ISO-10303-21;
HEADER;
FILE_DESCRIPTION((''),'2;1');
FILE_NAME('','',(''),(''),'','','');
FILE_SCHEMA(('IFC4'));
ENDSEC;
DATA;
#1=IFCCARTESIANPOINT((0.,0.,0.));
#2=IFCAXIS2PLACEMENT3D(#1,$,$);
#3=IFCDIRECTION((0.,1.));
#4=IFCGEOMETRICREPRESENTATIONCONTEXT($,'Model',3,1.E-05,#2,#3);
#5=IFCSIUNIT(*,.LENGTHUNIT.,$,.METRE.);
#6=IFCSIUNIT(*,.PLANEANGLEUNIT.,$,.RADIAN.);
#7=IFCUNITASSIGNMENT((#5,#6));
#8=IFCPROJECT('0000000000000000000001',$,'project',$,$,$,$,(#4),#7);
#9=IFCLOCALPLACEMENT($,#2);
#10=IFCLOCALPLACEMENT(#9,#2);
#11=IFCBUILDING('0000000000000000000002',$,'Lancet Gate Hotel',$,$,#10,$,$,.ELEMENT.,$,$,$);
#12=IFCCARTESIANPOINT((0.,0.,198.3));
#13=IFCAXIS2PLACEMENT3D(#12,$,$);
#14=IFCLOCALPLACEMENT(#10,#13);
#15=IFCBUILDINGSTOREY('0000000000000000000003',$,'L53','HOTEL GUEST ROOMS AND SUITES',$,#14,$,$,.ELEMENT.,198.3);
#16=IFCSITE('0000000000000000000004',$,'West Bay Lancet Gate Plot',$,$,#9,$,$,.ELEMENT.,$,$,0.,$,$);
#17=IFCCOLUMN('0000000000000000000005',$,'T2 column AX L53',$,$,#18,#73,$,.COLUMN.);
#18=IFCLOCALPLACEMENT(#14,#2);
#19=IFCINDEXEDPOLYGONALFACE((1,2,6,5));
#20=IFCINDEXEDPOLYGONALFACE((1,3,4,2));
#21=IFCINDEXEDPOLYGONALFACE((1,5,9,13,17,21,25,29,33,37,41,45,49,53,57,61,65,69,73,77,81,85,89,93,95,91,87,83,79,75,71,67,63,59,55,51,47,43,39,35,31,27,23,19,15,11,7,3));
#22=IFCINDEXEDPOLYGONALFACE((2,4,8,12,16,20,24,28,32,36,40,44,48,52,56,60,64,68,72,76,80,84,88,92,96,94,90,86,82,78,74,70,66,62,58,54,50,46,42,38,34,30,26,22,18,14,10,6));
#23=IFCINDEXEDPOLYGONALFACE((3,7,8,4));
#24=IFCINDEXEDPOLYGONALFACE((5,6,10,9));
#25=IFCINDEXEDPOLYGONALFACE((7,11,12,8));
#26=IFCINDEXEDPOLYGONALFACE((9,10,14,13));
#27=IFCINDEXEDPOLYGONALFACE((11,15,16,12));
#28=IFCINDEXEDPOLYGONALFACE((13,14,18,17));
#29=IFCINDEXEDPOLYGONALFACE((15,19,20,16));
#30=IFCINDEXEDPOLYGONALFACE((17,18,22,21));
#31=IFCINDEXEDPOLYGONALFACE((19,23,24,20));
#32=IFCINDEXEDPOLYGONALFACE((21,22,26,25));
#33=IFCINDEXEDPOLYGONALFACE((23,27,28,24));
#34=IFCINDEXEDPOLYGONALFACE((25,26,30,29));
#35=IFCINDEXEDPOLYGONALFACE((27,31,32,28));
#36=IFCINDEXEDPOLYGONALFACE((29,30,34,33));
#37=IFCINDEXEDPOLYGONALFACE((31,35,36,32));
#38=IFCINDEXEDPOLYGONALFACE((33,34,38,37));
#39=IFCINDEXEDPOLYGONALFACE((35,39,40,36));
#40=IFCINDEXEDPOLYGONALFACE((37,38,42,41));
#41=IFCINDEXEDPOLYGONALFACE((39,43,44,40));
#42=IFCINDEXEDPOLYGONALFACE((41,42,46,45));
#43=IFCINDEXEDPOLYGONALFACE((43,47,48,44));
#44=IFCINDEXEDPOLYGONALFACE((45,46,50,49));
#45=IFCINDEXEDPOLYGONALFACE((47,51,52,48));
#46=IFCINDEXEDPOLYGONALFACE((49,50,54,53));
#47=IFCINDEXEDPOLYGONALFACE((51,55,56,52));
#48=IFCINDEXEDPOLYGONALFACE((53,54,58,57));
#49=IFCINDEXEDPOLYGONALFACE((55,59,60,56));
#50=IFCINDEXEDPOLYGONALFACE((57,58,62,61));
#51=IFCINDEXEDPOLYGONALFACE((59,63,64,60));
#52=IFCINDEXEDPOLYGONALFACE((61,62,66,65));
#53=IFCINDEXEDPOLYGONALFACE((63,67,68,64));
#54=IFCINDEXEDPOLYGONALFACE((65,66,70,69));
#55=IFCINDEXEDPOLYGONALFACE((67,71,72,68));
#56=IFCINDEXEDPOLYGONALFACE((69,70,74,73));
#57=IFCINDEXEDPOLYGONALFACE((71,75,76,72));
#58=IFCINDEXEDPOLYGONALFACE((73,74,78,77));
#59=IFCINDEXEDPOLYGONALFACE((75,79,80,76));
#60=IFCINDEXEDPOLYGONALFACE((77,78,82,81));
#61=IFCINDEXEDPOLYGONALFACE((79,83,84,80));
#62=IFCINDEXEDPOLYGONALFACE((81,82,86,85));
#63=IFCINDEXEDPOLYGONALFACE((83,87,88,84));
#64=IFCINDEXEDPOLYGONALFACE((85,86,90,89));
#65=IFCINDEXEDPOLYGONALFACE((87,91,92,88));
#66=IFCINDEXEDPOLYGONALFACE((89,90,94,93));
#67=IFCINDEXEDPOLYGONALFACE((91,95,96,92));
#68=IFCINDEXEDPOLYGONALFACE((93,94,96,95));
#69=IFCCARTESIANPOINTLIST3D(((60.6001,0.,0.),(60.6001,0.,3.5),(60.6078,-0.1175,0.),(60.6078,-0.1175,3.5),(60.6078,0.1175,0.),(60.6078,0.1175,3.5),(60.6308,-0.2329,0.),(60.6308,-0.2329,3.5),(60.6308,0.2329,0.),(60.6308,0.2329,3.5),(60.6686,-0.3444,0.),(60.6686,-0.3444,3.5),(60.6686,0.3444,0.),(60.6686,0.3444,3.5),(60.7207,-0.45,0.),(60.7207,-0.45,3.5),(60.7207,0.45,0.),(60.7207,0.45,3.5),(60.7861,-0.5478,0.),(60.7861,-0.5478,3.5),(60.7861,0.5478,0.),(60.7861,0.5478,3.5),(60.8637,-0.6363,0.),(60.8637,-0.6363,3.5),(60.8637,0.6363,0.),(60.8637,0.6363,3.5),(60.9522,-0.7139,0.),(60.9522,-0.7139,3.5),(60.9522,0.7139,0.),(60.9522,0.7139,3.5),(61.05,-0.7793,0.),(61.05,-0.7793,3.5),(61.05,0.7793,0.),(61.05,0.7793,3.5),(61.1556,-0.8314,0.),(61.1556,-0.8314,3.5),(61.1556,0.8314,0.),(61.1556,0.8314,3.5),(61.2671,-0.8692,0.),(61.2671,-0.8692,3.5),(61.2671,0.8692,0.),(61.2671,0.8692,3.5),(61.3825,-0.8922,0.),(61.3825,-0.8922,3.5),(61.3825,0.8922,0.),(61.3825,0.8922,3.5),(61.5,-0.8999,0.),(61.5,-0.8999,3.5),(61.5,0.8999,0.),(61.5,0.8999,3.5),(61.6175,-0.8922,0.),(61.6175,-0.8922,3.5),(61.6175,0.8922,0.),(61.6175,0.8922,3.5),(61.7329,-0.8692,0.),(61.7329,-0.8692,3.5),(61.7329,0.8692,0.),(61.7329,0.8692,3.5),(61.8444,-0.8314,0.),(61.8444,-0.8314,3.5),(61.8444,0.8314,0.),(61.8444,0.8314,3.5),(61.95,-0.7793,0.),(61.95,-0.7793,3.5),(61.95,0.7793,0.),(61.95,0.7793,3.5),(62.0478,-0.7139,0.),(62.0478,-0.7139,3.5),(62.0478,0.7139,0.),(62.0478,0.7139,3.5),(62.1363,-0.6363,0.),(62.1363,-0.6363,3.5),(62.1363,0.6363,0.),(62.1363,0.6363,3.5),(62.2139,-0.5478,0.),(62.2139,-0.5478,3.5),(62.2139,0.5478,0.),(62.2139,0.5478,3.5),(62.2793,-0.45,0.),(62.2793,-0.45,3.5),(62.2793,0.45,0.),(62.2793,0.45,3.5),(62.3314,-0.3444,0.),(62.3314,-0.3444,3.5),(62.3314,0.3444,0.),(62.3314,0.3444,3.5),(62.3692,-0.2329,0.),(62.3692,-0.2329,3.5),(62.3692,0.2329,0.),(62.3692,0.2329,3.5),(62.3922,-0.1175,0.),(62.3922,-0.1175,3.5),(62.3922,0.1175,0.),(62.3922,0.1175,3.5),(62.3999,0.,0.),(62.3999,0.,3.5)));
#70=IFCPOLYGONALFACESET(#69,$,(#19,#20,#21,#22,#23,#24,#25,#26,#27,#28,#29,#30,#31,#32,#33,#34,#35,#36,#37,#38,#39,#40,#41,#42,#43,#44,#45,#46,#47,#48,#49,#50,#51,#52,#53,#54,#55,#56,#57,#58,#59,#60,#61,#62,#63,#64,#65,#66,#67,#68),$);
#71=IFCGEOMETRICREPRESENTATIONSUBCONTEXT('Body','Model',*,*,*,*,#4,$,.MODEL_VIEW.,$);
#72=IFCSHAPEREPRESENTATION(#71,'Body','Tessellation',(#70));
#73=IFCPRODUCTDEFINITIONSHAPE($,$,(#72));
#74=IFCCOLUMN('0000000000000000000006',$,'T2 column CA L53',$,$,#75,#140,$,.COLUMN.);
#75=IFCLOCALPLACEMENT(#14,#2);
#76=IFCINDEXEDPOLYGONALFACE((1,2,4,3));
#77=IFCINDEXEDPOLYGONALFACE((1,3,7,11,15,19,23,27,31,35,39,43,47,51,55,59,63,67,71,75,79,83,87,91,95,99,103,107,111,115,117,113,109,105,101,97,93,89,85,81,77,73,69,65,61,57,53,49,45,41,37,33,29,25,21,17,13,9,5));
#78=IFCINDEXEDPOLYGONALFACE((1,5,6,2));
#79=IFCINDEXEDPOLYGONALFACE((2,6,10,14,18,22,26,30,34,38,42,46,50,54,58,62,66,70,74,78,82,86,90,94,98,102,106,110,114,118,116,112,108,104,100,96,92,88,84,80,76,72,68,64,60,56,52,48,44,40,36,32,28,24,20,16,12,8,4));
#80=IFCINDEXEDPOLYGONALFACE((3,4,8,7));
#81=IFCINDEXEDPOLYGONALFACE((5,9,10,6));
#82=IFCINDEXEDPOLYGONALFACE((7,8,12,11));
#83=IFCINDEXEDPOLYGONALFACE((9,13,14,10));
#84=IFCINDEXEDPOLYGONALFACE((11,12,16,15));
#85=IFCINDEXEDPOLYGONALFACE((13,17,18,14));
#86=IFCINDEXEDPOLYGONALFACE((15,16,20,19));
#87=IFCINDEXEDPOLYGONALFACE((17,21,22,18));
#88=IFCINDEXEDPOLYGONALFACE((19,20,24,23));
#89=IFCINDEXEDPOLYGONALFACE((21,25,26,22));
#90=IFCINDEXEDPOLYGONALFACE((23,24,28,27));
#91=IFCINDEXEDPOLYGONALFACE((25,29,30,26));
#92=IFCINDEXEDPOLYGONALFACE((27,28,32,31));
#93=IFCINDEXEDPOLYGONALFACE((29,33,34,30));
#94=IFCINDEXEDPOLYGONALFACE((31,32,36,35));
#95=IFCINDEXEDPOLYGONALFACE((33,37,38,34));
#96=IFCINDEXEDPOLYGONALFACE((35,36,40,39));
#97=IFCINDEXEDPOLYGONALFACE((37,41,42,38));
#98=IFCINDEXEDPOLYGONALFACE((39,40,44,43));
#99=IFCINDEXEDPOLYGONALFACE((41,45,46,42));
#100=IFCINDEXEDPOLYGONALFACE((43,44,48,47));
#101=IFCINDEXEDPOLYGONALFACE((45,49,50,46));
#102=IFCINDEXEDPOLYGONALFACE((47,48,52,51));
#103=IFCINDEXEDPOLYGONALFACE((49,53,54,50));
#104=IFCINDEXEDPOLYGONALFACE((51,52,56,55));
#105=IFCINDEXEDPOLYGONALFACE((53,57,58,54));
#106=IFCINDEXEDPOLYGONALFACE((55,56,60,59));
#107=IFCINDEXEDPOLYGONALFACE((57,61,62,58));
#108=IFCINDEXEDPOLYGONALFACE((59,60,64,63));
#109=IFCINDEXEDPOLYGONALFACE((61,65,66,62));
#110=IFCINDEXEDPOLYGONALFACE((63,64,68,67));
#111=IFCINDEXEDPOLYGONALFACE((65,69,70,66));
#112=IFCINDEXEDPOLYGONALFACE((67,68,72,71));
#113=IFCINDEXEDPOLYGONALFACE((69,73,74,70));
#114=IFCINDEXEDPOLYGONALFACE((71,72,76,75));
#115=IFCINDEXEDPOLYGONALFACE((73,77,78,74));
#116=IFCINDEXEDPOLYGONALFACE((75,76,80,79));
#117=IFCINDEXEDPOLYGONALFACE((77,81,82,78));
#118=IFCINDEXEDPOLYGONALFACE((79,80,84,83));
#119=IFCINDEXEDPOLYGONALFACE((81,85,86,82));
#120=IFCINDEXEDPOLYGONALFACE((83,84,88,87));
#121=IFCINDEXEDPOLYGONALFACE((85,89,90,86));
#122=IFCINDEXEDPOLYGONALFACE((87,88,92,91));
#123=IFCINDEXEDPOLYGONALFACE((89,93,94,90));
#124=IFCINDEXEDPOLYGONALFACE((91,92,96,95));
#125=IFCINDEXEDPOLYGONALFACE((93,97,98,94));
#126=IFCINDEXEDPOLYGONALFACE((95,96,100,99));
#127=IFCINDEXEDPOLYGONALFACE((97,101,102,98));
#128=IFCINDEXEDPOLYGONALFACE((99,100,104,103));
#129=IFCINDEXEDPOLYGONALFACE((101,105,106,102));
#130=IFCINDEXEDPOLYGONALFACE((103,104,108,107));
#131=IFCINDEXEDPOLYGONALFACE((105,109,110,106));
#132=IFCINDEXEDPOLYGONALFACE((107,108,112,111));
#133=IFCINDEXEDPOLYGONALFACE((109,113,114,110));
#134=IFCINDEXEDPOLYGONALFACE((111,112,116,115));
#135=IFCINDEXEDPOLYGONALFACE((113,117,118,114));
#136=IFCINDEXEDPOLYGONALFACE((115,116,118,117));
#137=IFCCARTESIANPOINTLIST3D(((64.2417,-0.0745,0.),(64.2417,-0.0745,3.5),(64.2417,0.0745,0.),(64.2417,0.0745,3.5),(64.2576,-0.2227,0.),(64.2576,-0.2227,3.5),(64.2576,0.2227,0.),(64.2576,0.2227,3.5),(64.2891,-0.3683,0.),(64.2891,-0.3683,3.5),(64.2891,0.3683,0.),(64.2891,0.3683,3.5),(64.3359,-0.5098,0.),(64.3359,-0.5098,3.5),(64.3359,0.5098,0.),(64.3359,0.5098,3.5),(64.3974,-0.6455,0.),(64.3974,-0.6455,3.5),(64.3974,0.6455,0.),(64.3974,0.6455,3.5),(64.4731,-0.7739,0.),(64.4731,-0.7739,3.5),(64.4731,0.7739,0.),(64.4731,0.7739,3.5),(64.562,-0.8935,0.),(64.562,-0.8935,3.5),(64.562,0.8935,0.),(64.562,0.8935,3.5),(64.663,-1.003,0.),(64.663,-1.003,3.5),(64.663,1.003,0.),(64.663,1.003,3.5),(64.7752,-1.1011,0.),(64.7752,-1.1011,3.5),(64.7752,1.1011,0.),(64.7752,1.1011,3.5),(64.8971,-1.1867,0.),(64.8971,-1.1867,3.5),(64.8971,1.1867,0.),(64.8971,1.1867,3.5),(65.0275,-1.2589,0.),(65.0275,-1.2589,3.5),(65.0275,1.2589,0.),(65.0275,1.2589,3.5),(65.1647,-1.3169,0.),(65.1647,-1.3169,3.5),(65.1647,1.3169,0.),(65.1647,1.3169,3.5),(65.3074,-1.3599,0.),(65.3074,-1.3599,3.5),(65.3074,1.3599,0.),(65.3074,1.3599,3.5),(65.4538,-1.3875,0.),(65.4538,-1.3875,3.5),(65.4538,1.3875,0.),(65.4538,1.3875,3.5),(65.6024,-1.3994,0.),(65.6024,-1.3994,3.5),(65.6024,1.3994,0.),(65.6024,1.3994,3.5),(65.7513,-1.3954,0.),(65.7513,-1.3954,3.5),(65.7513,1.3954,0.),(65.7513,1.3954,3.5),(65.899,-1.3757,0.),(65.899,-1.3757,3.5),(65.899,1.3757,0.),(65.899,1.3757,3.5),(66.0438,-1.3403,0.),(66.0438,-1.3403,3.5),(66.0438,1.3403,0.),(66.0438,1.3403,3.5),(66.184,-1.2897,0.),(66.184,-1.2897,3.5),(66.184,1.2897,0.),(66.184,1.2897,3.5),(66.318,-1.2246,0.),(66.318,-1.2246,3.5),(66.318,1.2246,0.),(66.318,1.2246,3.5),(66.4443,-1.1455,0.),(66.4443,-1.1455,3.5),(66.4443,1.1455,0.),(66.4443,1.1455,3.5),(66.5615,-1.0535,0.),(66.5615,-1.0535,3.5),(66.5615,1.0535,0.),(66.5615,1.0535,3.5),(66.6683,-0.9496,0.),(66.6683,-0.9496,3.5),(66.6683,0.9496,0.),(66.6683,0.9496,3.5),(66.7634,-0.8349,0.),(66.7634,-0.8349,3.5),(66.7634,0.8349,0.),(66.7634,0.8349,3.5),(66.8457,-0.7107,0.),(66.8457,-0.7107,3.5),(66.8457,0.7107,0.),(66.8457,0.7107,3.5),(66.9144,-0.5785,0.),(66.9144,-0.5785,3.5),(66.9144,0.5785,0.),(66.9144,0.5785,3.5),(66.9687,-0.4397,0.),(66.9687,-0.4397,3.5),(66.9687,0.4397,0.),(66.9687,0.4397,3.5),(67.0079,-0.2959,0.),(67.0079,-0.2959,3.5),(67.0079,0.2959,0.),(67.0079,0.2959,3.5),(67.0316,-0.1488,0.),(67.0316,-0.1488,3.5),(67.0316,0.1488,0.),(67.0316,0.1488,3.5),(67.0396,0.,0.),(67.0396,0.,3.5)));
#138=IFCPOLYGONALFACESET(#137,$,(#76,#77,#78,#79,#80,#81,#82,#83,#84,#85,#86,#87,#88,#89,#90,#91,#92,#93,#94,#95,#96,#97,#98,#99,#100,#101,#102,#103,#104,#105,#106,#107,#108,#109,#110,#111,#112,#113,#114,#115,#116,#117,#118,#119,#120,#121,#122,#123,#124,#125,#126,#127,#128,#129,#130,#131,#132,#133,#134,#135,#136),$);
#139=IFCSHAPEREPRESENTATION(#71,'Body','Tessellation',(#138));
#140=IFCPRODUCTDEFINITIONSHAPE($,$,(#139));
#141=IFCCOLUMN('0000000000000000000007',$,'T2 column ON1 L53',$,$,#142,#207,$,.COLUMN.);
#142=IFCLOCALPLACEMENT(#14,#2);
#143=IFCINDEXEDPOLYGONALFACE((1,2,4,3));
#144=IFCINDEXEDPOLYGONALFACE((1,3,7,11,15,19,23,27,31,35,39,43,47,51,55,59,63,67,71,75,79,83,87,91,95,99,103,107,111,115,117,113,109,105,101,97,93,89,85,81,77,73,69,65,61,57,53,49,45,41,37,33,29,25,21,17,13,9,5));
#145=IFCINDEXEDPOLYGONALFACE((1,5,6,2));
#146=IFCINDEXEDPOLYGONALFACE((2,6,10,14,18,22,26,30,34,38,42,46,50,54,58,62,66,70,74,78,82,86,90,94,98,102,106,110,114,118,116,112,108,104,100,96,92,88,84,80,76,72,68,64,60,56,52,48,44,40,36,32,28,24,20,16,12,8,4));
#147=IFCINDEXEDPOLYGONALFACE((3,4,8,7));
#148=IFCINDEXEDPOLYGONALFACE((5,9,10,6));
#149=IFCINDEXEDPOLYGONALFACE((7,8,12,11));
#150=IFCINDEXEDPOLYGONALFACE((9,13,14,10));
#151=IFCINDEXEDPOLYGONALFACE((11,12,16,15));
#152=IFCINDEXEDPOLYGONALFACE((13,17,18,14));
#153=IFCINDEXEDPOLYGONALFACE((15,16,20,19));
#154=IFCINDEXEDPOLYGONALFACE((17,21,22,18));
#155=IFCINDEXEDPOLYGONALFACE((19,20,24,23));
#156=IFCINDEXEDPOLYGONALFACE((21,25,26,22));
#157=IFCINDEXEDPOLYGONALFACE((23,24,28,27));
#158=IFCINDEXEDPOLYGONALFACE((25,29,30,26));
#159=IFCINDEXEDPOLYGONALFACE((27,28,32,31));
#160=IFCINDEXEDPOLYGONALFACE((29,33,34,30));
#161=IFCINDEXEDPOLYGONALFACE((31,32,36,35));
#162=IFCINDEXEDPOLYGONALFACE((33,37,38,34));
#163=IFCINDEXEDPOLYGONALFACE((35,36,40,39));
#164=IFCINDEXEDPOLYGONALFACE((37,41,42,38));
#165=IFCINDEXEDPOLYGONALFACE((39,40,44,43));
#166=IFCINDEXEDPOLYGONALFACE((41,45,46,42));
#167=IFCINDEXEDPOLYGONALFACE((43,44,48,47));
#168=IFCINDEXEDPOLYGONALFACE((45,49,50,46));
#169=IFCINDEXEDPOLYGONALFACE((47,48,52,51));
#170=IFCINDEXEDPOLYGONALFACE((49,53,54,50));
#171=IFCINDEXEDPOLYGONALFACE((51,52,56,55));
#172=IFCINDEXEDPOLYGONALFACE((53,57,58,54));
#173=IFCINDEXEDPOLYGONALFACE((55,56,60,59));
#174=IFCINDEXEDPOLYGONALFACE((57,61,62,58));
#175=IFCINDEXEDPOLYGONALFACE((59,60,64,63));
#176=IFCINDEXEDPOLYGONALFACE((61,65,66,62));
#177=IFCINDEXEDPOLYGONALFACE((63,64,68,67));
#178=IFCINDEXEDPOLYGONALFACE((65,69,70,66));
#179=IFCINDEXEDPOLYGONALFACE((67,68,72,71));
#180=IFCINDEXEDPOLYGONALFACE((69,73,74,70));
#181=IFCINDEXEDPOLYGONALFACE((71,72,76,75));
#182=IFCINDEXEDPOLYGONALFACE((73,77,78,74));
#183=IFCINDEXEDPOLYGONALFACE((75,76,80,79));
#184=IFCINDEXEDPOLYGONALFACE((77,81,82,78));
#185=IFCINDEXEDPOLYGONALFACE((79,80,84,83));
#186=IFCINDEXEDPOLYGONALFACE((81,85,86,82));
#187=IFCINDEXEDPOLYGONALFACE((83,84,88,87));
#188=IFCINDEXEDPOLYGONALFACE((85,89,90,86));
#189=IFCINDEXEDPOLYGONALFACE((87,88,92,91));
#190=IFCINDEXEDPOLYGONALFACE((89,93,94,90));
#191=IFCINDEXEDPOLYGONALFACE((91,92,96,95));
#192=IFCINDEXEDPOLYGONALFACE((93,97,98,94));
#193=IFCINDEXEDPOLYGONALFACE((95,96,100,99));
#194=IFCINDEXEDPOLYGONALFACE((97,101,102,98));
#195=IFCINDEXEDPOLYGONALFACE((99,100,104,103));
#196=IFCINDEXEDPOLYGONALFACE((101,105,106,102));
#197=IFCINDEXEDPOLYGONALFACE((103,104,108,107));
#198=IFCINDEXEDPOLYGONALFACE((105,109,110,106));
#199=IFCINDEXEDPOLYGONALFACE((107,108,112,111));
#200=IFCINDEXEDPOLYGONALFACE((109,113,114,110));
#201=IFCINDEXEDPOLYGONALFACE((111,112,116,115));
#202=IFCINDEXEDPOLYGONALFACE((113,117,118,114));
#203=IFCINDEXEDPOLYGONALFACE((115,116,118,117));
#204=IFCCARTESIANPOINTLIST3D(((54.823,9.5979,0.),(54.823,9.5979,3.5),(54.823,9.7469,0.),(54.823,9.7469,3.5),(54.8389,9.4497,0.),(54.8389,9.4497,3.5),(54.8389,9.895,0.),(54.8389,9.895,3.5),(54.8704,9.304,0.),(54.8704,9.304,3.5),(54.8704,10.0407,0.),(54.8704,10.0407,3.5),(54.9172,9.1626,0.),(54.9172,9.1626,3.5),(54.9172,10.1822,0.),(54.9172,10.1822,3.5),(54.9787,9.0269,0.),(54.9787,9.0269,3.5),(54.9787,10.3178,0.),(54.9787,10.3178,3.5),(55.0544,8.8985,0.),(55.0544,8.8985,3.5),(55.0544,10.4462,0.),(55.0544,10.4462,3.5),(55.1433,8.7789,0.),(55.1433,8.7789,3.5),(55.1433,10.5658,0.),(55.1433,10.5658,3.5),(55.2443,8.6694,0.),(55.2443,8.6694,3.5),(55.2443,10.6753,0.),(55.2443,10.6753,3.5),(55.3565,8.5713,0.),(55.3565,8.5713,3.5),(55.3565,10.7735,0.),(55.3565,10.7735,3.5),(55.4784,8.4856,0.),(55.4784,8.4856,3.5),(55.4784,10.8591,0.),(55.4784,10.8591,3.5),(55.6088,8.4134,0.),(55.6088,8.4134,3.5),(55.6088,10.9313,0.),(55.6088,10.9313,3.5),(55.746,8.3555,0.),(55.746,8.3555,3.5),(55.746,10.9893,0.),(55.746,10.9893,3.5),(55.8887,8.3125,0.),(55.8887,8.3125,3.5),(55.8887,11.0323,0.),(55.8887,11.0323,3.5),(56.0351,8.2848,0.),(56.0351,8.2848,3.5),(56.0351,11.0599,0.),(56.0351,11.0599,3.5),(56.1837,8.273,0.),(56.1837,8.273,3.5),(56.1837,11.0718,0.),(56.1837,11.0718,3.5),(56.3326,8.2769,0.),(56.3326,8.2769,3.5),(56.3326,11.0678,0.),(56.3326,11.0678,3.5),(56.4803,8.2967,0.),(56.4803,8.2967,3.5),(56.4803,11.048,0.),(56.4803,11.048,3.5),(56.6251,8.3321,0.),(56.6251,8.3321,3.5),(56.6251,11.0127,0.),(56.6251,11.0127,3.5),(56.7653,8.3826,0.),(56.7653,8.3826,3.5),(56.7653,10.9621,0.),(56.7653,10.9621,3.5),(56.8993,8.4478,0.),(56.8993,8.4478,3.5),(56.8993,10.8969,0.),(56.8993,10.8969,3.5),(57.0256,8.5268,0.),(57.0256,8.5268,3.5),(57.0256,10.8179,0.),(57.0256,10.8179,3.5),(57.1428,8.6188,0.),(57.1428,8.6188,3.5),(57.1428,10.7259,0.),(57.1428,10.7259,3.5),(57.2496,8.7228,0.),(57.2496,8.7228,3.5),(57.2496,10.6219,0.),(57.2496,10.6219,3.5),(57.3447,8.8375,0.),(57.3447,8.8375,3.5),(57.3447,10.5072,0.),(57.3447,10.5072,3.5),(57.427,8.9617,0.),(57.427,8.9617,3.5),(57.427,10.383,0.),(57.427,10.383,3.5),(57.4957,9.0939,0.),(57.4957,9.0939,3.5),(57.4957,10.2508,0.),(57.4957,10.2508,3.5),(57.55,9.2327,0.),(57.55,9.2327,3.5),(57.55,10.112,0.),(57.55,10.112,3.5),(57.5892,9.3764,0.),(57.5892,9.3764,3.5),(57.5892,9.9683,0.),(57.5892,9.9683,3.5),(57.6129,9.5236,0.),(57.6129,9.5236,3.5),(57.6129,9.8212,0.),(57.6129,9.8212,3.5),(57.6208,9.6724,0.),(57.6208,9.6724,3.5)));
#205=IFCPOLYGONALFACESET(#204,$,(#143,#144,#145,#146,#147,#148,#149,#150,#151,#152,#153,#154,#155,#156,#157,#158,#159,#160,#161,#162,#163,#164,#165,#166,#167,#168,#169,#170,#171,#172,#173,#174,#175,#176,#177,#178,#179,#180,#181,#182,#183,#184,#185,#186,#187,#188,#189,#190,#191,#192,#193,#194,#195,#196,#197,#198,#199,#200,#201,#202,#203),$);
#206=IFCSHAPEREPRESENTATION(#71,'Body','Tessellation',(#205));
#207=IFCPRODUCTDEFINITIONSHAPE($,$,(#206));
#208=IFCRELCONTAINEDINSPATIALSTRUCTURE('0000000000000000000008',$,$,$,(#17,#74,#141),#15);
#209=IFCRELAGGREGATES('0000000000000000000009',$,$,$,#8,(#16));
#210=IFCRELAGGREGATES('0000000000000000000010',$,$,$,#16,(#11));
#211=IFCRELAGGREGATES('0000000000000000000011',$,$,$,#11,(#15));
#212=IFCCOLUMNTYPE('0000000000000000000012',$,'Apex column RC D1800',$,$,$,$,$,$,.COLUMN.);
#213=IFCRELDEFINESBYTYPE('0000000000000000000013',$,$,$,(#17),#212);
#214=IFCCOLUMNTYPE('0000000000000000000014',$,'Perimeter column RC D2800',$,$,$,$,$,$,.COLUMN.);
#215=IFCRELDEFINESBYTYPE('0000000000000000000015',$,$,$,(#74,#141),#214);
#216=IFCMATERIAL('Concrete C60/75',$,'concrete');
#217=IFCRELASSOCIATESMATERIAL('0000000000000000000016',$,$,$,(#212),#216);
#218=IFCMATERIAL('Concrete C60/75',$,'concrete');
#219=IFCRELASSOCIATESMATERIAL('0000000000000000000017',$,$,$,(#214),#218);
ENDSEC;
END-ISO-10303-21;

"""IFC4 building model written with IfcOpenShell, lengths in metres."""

from ifc_helpers import new_model, si_unit, direction, frame, origin, origin_2d, place, context, subcontext, project, spatial, circle, extrude, material, material_profile, profile_set, type_object, element, save


model = new_model("IFC4")

# Units and contexts
model_context = context("Model", 3, precision=1e-05, world=origin(), true_north=direction((0.0, 1.0)))
body_context = subcontext(model_context, "Body", "Model", "MODEL_VIEW")
ifc_project = project(units=[si_unit("LENGTHUNIT", "METRE"), si_unit("PLANEANGLEUNIT", "RADIAN")], contexts=[model_context])

# Site, building, storey
site_placement = place(None, origin())
site = spatial("IfcSite", under=ifc_project, at=site_placement, Name="West Bay Lancet Gate Plot", CompositionType="ELEMENT", RefElevation=0.0)
building_placement = place(site_placement, origin())
building = spatial("IfcBuilding", under=site, at=building_placement, Name="Lancet Gate Hotel", CompositionType="ELEMENT")
storey_placement = place(building_placement, frame((0.0, 0.0, 198.3)))
storey = spatial("IfcBuildingStorey", under=building, at=storey_placement, Name="L53", Description="HOTEL GUEST ROOMS AND SUITES", CompositionType="ELEMENT", Elevation=198.3)

# Columns
ifc_material_1 = material(Name="Concrete C60/75", Category="concrete")
ifc_material_profile_1 = material_profile(ifc_material_1, circle(Radius=0.8999, at=origin_2d()), Name="RC D1800")
ifc_profile_set_1 = profile_set([ifc_material_profile_1], Name="Concrete C60/75")
column_type_1 = type_object("IfcColumnType", Name="Apex column RC D1800", PredefinedType="COLUMN", material=ifc_profile_set_1)
column_placement = place(storey_placement, frame((61.5, 0.0, 0.0), z_axis=(0.0, 0.0, 1.0), x_axis=(1.0, 0.0, 0.0)))
element("IfcColumn", 1, at=column_placement, inside=storey, type_object=column_type_1, Name="T2 column AX L53", PredefinedType="COLUMN", context=body_context, shape_type="SweptSolid", body=[
    extrude(circle(Radius=0.8999, at=origin_2d()), origin(), (0.0, 0.0, 1.0), 3.5),
])
ifc_material_2 = material(Name="Concrete C60/75", Category="concrete")
ifc_material_profile_2 = material_profile(ifc_material_2, circle(Radius=1.3999, at=origin_2d()), Name="RC D2800")
ifc_profile_set_2 = profile_set([ifc_material_profile_2], Name="Concrete C60/75")
column_type_2 = type_object("IfcColumnType", Name="Perimeter column RC D2800", PredefinedType="COLUMN", material=ifc_profile_set_2)
for number, where, z_axis, x_axis, name in (
    (2, (65.6396, 0.0, 0.0), (0.0, 0.0, 1.0), (1.0, 0.0, 0.0), "T2 column CA L53"),
    (3, (56.2209, 9.6724, 0.0), (0.0, 0.0, 1.0), (1.0, 0.0, 0.0), "T2 column ON1 L53"),
):
    element("IfcColumn", number, at=place(storey_placement, frame(where, z_axis=z_axis, x_axis=x_axis)), inside=storey, type_object=column_type_2, Name=name, PredefinedType="COLUMN", context=body_context, shape_type="SweptSolid", body=[
        extrude(circle(Radius=1.3999, at=origin_2d()), origin(), (0.0, 0.0, 1.0), 3.5),
    ])

save(model, "model.ifc")
